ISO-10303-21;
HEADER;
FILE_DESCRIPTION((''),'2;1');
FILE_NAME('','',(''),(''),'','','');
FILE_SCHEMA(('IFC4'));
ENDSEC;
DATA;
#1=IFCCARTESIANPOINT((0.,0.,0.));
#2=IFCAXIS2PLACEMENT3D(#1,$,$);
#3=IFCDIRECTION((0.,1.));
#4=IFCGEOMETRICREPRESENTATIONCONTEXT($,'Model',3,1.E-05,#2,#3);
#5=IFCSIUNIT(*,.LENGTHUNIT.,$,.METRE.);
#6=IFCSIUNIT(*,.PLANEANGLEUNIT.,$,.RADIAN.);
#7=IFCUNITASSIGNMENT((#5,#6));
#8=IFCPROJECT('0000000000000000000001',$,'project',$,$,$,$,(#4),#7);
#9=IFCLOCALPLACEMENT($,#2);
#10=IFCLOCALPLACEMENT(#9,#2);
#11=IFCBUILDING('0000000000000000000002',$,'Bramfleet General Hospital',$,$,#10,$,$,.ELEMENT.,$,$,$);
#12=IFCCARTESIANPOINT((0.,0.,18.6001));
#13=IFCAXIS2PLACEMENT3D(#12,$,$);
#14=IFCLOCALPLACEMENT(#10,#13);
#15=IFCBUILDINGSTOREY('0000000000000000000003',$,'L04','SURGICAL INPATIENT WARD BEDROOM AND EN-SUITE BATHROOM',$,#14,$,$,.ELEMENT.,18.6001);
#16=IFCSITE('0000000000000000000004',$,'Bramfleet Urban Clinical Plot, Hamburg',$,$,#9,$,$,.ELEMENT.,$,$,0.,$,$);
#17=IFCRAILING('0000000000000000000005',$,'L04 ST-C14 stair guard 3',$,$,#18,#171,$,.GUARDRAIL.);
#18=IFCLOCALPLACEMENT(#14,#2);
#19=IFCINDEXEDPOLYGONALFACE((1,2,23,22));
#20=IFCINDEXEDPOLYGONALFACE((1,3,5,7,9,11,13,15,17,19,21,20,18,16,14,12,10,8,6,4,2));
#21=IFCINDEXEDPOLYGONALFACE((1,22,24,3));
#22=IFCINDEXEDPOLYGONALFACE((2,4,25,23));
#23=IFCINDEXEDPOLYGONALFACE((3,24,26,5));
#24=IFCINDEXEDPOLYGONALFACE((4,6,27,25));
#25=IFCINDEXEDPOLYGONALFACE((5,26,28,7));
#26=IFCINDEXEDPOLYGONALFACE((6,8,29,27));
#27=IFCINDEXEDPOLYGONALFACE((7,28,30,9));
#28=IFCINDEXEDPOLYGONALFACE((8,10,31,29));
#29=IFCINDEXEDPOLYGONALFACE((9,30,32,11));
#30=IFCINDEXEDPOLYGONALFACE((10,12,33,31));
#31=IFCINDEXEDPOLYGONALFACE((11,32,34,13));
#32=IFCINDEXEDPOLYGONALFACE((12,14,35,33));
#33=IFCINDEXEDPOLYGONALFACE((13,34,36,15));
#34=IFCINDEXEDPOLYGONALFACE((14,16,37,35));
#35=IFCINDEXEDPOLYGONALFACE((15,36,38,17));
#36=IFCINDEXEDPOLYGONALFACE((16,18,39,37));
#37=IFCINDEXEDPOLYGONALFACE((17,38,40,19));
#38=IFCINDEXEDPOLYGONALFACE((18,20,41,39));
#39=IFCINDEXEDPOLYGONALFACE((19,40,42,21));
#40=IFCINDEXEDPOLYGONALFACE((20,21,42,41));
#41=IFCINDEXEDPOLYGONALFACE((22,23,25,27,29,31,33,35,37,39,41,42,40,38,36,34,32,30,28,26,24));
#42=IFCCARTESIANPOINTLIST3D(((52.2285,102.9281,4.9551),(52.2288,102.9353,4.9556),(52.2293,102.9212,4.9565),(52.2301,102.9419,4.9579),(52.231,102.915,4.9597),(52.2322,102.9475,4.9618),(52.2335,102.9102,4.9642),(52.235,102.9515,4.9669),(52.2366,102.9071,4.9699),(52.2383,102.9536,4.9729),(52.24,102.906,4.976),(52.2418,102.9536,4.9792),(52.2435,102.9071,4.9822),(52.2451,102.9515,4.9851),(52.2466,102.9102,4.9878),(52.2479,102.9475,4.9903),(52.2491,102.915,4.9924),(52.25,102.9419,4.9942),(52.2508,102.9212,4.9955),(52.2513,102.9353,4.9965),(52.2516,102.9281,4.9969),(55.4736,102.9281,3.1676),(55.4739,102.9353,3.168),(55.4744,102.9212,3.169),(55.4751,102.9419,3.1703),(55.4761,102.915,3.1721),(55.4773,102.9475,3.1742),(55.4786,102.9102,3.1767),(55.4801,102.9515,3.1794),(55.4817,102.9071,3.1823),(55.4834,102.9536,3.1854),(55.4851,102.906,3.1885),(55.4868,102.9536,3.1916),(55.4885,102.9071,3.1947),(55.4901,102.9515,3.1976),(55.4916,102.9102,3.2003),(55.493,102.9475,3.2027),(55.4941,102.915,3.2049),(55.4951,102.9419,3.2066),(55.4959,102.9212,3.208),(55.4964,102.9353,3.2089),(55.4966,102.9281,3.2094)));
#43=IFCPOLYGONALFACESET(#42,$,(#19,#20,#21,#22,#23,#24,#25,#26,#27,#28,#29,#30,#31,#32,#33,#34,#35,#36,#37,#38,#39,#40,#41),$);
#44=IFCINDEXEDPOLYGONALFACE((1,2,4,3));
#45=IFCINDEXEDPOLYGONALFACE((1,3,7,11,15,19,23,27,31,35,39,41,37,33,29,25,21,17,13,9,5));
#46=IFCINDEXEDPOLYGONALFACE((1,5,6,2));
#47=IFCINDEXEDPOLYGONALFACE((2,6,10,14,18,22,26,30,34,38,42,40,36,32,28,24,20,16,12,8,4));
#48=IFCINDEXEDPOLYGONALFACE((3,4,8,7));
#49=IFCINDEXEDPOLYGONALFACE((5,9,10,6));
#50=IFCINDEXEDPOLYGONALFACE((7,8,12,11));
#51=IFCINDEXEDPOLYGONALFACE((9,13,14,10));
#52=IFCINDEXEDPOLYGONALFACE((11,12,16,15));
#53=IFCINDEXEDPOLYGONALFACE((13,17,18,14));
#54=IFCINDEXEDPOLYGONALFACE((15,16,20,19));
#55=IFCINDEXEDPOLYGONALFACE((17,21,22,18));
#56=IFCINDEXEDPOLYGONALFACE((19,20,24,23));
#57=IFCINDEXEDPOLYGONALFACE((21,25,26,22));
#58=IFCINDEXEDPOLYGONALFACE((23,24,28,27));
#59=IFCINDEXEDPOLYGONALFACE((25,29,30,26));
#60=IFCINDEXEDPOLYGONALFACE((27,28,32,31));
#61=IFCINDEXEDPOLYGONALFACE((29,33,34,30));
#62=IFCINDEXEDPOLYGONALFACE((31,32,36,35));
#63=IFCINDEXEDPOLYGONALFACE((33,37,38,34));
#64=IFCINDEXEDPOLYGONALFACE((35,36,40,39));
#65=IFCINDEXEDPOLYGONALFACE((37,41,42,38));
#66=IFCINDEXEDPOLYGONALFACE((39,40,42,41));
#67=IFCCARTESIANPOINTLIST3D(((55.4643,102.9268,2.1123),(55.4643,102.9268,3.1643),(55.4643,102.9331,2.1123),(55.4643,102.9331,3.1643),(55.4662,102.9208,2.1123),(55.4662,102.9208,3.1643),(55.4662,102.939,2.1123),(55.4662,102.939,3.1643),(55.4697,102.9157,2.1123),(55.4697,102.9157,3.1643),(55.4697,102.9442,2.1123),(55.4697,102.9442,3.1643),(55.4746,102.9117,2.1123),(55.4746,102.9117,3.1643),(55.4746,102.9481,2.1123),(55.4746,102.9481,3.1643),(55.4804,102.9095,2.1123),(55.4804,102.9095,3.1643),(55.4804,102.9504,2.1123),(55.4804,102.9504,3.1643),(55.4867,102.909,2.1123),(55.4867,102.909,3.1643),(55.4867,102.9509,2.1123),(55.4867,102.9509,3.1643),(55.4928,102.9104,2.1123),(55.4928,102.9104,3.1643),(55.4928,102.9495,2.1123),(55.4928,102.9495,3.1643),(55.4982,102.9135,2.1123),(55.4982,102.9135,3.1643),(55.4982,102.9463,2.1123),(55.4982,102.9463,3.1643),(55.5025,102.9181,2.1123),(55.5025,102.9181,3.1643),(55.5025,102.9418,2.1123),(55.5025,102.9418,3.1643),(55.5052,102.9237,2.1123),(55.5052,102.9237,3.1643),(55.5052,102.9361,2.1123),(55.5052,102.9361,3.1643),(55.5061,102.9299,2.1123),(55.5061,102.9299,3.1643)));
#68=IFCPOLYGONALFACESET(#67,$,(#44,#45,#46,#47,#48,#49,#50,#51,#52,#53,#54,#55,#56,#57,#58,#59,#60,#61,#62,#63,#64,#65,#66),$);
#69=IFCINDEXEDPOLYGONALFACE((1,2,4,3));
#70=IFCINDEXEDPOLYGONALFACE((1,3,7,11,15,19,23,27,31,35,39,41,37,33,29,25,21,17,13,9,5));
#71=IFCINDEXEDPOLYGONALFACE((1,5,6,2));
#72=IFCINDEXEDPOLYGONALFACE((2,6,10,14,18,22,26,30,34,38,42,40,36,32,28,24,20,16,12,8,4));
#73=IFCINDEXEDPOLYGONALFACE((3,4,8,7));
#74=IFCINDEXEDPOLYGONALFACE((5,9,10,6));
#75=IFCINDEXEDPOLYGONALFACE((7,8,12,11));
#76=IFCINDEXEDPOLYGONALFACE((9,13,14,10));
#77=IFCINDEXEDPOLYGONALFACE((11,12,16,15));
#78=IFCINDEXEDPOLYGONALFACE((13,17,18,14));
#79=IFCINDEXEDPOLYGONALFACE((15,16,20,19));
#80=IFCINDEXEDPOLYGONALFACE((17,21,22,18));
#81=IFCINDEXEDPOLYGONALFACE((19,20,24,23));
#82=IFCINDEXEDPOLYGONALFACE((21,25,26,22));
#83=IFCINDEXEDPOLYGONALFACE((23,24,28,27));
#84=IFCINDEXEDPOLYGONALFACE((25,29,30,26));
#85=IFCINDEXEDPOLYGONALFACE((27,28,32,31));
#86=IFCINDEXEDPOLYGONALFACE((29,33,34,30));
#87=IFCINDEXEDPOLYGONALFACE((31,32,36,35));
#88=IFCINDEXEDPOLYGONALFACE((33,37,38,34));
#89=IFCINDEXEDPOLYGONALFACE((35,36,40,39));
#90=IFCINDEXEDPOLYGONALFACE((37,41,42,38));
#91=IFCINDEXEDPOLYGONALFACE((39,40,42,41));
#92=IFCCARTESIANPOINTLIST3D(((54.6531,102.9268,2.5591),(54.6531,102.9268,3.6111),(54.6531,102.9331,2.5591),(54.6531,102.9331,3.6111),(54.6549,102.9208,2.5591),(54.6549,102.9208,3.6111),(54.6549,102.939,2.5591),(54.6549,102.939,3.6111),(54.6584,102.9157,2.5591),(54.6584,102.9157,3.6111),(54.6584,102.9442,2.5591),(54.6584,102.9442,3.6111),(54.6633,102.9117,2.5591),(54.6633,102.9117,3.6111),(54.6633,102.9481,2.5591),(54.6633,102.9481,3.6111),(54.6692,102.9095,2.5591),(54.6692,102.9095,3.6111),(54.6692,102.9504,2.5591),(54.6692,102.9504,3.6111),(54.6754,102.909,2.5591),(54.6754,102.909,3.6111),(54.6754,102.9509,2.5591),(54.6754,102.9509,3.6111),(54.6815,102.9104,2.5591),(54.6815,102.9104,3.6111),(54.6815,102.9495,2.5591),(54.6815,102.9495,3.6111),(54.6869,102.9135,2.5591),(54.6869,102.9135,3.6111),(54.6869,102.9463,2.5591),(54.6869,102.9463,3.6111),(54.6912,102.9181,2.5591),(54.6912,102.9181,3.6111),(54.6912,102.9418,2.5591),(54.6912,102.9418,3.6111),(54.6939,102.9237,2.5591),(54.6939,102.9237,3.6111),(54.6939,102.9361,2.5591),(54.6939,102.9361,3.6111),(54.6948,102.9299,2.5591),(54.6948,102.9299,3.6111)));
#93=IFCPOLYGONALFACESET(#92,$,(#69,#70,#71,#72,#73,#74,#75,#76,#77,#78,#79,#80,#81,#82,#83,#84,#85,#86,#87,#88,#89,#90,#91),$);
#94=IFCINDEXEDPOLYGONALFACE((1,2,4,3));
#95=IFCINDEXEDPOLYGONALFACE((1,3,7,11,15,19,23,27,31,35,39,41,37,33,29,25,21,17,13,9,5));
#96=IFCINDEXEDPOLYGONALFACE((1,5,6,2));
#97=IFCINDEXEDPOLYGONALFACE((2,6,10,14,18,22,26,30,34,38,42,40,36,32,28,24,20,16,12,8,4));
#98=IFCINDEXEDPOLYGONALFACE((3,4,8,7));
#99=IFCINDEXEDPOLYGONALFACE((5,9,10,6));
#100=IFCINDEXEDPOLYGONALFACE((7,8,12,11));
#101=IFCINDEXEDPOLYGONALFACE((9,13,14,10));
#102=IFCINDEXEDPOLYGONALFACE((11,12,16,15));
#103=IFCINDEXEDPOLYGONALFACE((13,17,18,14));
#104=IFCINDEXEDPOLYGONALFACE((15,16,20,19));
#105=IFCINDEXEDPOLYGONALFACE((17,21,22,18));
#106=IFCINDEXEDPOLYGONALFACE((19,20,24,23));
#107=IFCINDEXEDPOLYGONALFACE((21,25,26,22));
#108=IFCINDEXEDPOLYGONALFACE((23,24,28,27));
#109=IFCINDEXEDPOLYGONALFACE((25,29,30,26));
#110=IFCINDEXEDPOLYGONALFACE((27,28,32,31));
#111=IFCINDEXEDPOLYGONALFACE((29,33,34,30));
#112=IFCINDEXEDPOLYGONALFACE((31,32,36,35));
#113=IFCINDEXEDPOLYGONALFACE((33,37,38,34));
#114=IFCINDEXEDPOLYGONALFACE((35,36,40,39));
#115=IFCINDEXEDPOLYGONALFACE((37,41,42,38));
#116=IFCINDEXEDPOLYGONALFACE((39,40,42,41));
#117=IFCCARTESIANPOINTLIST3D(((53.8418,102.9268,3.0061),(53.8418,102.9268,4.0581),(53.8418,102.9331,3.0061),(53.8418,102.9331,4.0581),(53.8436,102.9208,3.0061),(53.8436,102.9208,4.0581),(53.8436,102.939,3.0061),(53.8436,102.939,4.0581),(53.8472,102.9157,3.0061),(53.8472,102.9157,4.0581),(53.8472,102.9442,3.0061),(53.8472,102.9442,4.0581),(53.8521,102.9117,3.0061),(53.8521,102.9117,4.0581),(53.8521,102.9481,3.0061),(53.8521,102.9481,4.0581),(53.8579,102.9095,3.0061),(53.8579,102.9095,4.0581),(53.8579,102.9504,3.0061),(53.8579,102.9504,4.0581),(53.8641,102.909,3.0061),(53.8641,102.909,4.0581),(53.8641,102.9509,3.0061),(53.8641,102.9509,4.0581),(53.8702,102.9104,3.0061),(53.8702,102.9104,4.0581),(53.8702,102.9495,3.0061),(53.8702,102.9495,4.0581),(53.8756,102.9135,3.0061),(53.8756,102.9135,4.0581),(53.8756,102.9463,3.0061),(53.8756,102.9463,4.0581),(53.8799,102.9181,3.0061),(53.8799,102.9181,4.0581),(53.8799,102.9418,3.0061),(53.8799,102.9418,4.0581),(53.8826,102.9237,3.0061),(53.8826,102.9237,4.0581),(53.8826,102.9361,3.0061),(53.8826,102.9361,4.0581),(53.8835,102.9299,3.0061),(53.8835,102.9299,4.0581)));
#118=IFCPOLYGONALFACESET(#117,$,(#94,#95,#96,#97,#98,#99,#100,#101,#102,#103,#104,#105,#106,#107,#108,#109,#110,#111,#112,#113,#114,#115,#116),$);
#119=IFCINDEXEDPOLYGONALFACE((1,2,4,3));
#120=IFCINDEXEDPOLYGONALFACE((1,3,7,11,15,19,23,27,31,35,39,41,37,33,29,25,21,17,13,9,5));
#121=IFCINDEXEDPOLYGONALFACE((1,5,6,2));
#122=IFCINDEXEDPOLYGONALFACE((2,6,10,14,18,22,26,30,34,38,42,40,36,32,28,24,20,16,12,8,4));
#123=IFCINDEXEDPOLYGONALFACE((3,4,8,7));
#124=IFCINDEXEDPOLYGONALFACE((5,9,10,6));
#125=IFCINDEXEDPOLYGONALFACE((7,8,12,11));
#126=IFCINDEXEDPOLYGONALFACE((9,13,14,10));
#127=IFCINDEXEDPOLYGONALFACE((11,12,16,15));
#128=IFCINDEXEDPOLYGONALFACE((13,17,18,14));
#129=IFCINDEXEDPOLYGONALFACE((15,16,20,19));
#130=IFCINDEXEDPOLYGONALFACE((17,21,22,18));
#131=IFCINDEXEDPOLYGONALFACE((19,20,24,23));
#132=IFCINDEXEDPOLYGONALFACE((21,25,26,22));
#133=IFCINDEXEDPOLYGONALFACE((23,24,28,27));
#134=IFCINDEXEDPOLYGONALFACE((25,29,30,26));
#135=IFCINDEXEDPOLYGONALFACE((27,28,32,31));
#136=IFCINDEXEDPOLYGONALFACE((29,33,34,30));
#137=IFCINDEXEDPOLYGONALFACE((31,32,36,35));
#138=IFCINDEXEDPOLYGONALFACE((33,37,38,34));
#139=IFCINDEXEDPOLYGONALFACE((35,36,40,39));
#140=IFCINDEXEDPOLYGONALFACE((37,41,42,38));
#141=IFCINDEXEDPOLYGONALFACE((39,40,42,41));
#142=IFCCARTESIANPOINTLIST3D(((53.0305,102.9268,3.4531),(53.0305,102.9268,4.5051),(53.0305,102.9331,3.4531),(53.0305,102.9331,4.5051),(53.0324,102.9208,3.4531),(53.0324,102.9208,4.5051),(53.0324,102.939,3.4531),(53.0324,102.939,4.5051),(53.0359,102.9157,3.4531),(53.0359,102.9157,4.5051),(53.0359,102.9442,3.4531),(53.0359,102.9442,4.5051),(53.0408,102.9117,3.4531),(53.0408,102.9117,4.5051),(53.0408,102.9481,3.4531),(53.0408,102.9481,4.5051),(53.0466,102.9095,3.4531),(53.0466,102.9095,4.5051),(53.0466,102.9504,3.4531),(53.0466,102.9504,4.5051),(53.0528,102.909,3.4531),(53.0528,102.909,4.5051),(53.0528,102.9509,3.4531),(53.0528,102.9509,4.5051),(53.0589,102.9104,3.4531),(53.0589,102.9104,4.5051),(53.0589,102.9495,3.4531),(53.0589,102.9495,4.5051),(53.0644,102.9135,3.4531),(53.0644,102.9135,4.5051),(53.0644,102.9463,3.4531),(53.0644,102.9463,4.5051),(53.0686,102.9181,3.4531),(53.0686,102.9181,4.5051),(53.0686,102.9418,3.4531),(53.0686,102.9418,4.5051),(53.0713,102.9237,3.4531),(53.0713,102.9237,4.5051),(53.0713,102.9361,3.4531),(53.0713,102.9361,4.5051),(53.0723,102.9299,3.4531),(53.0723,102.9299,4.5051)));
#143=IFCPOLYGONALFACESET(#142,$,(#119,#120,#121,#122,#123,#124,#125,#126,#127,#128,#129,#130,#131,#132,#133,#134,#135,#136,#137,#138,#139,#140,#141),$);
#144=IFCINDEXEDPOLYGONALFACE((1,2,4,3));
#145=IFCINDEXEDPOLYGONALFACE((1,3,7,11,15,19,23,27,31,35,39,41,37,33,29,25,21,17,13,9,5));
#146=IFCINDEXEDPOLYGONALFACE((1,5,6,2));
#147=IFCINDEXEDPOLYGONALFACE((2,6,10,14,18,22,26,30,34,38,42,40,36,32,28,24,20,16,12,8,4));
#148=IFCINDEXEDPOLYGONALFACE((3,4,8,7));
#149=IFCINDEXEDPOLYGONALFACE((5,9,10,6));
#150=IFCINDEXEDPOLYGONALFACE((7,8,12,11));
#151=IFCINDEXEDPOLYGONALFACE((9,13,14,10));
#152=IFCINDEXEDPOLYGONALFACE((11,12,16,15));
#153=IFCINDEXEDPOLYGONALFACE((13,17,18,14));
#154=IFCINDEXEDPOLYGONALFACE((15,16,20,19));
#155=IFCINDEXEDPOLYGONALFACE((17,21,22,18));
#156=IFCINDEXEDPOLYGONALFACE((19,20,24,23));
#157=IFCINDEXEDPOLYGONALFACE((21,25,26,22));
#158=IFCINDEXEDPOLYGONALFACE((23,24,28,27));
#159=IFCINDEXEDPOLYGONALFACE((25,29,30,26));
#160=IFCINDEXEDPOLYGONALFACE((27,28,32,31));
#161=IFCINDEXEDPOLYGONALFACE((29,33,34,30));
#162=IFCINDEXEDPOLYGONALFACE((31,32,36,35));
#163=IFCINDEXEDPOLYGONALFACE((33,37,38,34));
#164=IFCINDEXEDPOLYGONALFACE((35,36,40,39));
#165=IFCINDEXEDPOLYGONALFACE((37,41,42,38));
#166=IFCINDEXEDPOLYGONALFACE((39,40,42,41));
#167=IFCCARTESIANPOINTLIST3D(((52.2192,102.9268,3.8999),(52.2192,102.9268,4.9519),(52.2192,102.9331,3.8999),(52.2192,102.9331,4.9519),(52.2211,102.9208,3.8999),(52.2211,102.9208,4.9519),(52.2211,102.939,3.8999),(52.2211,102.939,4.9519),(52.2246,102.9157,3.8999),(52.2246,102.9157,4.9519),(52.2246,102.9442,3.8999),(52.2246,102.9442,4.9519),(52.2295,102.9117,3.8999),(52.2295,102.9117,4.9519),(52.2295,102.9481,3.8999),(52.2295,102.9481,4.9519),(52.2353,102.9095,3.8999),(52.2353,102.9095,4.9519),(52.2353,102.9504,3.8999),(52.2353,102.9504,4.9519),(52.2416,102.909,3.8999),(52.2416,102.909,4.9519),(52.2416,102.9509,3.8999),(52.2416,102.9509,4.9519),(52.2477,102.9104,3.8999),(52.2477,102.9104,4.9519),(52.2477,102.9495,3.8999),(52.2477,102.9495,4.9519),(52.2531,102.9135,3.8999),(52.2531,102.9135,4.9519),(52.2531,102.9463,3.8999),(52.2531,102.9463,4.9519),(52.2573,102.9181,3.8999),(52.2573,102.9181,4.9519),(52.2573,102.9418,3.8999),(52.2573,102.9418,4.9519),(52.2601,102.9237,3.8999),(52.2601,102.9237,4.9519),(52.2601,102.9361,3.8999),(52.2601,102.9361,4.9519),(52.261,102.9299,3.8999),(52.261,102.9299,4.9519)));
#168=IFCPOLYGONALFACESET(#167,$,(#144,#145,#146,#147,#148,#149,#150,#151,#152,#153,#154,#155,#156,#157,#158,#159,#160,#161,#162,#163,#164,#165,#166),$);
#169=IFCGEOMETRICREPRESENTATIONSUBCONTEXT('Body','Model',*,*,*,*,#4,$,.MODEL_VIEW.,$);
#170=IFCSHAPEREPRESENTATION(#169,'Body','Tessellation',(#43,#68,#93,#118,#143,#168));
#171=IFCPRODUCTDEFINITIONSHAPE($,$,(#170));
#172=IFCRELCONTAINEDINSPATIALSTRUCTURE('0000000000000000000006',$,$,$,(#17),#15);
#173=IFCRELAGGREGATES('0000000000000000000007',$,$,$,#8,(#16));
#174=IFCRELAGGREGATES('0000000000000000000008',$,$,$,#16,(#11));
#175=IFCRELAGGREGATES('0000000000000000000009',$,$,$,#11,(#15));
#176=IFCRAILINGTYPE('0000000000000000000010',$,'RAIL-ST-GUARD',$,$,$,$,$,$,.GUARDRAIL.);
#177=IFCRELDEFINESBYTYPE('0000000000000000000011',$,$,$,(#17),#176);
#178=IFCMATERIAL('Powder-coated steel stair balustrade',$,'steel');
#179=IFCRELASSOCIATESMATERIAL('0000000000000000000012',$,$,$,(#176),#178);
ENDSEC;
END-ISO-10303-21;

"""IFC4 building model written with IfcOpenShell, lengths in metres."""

from ifc_helpers import new_model, si_unit, direction, frame, origin, origin_2d, place, context, subcontext, project, spatial, circle, extrude, material, type_object, element, save


model = new_model("IFC4")

# Units and contexts
model_context = context("Model", 3, precision=1e-05, world=origin(), true_north=direction((0.0, 1.0)))
body_context = subcontext(model_context, "Body", "Model", "MODEL_VIEW")
ifc_project = project(units=[si_unit("LENGTHUNIT", "METRE"), si_unit("PLANEANGLEUNIT", "RADIAN")], contexts=[model_context])

# Site, building, storey
site_placement = place(None, origin())
site = spatial("IfcSite", under=ifc_project, at=site_placement, Name="Bramfleet Urban Clinical Plot, Hamburg", CompositionType="ELEMENT", RefElevation=0.0)
building_placement = place(site_placement, origin())
building = spatial("IfcBuilding", under=site, at=building_placement, Name="Bramfleet General Hospital", CompositionType="ELEMENT")
storey_placement = place(building_placement, frame((0.0, 0.0, 18.6001)))
storey = spatial("IfcBuildingStorey", under=building, at=storey_placement, Name="L04", Description="SURGICAL INPATIENT WARD BEDROOM AND EN-SUITE BATHROOM", CompositionType="ELEMENT", Elevation=18.6001)

# Railing
ifc_material_1 = material(Name="Powder-coated steel stair balustrade", Category="steel")
railing_type_1 = type_object("IfcRailingType", Name="RAIL-ST-GUARD", PredefinedType="GUARDRAIL", material=ifc_material_1)
railing_1_placement = place(storey_placement, frame((55.4851, 102.9299, 2.1123)))
element("IfcRailing", 1, at=railing_1_placement, inside=storey, type_object=railing_type_1, Name="L04 ST-C14 stair guard 3", PredefinedType="GUARDRAIL", context=body_context, shape_type="SweptSolid", body=[
    extrude(circle(Radius=0.0239, at=origin_2d()), frame((0.0, 0.0, 1.0762), z_axis=(-0.875899, 0.0, 0.482495), x_axis=(0.0, -1.0, 0.0)), (0.0, 0.0, 1.0), 3.7048),
    extrude(circle(Radius=0.021, at=origin_2d()), origin(), (0.0, 0.0, 1.0), 1.052),
    extrude(circle(Radius=0.021, at=origin_2d()), frame((-0.8113, 0.0, 0.4468)), (0.0, 0.0, 1.0), 1.052),
    extrude(circle(Radius=0.021, at=origin_2d()), frame((-1.6226, 0.0, 0.8938)), (0.0, 0.0, 1.0), 1.052),
    extrude(circle(Radius=0.021, at=origin_2d()), frame((-2.4338, 0.0, 1.3408)), (0.0, 0.0, 1.0), 1.052),
    extrude(circle(Radius=0.021, at=origin_2d()), frame((-3.2451, 0.0, 1.7876)), (0.0, 0.0, 1.0), 1.052),
])

save(model, "model.ifc")
